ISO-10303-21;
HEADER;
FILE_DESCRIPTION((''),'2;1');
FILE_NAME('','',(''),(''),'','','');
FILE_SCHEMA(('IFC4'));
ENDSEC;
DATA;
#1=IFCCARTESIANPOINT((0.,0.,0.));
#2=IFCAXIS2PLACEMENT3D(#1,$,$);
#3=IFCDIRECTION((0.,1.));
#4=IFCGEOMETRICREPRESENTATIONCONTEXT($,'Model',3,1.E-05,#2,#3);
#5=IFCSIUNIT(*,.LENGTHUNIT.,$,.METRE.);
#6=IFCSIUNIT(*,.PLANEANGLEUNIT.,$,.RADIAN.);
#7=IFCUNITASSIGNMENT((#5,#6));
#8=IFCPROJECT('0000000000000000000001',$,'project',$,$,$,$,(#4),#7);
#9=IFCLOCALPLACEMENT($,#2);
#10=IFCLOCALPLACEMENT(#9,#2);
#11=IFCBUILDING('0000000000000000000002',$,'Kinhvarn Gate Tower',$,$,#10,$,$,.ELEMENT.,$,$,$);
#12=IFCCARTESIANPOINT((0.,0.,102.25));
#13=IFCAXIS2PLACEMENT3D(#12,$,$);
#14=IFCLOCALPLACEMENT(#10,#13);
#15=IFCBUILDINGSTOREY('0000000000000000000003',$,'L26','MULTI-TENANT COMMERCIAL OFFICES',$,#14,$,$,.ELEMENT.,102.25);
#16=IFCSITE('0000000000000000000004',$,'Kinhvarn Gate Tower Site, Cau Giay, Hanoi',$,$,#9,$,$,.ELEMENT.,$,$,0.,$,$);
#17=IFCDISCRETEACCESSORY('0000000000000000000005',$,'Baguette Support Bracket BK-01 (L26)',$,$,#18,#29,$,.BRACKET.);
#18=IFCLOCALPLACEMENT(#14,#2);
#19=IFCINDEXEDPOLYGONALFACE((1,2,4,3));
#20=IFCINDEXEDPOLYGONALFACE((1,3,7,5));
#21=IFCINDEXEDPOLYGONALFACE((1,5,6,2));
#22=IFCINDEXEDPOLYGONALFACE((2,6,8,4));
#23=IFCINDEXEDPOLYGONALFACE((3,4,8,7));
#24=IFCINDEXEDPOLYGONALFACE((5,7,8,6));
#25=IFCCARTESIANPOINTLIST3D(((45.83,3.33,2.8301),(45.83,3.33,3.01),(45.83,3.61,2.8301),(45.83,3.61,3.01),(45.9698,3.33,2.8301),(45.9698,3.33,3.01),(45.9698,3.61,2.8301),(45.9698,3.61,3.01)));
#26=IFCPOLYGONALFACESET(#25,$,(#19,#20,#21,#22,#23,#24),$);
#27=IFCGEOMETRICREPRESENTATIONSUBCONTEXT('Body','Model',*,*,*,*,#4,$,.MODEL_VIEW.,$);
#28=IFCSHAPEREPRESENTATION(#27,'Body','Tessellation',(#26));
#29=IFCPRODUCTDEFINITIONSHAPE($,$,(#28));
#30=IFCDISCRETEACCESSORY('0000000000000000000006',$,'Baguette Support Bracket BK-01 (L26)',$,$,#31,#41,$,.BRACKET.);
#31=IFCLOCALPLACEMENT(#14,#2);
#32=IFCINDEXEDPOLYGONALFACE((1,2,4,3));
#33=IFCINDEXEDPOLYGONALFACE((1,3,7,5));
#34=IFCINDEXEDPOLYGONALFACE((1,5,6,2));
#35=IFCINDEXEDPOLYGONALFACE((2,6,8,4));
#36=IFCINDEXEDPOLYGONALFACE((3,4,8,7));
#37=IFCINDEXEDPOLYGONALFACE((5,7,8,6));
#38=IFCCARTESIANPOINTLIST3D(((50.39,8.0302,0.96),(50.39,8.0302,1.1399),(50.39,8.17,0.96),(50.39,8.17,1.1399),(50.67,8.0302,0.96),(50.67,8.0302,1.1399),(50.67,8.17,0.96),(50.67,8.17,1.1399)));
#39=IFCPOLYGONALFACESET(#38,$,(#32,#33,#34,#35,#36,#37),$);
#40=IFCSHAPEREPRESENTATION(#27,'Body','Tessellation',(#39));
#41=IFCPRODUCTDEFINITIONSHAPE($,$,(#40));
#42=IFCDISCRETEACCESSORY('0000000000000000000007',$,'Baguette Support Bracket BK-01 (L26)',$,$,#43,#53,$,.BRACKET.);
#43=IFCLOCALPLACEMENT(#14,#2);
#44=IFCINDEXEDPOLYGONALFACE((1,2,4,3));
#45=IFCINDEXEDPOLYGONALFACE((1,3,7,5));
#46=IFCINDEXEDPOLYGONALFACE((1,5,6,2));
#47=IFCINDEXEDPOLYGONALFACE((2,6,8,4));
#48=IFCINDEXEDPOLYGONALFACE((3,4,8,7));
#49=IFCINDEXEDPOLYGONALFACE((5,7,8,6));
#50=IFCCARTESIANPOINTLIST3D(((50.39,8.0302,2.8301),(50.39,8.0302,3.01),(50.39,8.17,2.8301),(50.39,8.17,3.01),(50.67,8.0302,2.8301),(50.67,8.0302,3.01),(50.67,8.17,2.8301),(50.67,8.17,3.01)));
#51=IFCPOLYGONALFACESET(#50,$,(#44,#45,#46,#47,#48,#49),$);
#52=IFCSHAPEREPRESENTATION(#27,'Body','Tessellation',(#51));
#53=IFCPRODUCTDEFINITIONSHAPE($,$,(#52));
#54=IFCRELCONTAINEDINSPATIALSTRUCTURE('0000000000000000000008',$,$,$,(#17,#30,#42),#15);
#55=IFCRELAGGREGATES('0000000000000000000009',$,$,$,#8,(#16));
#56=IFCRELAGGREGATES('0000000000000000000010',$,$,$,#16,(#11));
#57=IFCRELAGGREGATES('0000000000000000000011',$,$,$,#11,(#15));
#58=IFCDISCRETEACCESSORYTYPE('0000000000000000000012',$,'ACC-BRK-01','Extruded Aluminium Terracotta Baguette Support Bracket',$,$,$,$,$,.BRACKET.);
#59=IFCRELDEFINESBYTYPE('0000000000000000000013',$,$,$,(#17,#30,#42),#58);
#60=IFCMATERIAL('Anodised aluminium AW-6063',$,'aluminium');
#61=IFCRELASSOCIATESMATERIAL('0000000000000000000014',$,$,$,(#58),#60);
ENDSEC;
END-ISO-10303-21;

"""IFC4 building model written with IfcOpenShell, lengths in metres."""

from ifc_helpers import new_model, si_unit, direction, frame, origin, origin_2d, place, context, subcontext, project, spatial, rectangle, extrude, material, type_object, element, save


model = new_model("IFC4")

# Units and contexts
model_context = context("Model", 3, precision=1e-05, world=origin(), true_north=direction((0.0, 1.0)))
body_context = subcontext(model_context, "Body", "Model", "MODEL_VIEW")
ifc_project = project(units=[si_unit("LENGTHUNIT", "METRE"), si_unit("PLANEANGLEUNIT", "RADIAN")], contexts=[model_context])

# Site, building, storey
site_placement = place(None, origin())
site = spatial("IfcSite", under=ifc_project, at=site_placement, Name="Kinhvarn Gate Tower Site, Cau Giay, Hanoi", CompositionType="ELEMENT", RefElevation=0.0)
building_placement = place(site_placement, origin())
building = spatial("IfcBuilding", under=site, at=building_placement, Name="Kinhvarn Gate Tower", CompositionType="ELEMENT")
storey_placement = place(building_placement, frame((0.0, 0.0, 102.25)))
storey = spatial("IfcBuildingStorey", under=building, at=storey_placement, Name="L26", Description="MULTI-TENANT COMMERCIAL OFFICES", CompositionType="ELEMENT", Elevation=102.25)

# Shared definitions
ifc_material_1 = material(Name="Anodised aluminium AW-6063", Category="aluminium")

# Discrete accessories
discrete_accessory_type = type_object("IfcDiscreteAccessoryType", Name="ACC-BRK-01", Description="Extruded Aluminium Terracotta Baguette Support Bracket", PredefinedType="BRACKET", material=ifc_material_1)
for number, where, z_axis, x_axis, name in (
    (1, (45.8999, 3.47, 2.8301), (0.0, 0.0, 1.0), (1.0, 0.0, 0.0), "Baguette Support Bracket BK-01 (L26)"),
    (2, (50.53, 8.1001, 0.96), (0.0, 0.0, 1.0), (0.0, 1.0, 0.0), "Baguette Support Bracket BK-01 (L26)"),
    (3, (50.53, 8.1001, 2.8301), (0.0, 0.0, 1.0), (0.0, 1.0, 0.0), "Baguette Support Bracket BK-01 (L26)"),
):
    element("IfcDiscreteAccessory", number, at=place(storey_placement, frame(where, z_axis=z_axis, x_axis=x_axis)), inside=storey, type_object=discrete_accessory_type, Name=name, PredefinedType="BRACKET", context=body_context, shape_type="SweptSolid", body=[
        extrude(rectangle(XDim=0.1399, YDim=0.28, at=origin_2d()), origin(), (0.0, 0.0, 1.0), 0.1799),
    ])

save(model, "model.ifc")
